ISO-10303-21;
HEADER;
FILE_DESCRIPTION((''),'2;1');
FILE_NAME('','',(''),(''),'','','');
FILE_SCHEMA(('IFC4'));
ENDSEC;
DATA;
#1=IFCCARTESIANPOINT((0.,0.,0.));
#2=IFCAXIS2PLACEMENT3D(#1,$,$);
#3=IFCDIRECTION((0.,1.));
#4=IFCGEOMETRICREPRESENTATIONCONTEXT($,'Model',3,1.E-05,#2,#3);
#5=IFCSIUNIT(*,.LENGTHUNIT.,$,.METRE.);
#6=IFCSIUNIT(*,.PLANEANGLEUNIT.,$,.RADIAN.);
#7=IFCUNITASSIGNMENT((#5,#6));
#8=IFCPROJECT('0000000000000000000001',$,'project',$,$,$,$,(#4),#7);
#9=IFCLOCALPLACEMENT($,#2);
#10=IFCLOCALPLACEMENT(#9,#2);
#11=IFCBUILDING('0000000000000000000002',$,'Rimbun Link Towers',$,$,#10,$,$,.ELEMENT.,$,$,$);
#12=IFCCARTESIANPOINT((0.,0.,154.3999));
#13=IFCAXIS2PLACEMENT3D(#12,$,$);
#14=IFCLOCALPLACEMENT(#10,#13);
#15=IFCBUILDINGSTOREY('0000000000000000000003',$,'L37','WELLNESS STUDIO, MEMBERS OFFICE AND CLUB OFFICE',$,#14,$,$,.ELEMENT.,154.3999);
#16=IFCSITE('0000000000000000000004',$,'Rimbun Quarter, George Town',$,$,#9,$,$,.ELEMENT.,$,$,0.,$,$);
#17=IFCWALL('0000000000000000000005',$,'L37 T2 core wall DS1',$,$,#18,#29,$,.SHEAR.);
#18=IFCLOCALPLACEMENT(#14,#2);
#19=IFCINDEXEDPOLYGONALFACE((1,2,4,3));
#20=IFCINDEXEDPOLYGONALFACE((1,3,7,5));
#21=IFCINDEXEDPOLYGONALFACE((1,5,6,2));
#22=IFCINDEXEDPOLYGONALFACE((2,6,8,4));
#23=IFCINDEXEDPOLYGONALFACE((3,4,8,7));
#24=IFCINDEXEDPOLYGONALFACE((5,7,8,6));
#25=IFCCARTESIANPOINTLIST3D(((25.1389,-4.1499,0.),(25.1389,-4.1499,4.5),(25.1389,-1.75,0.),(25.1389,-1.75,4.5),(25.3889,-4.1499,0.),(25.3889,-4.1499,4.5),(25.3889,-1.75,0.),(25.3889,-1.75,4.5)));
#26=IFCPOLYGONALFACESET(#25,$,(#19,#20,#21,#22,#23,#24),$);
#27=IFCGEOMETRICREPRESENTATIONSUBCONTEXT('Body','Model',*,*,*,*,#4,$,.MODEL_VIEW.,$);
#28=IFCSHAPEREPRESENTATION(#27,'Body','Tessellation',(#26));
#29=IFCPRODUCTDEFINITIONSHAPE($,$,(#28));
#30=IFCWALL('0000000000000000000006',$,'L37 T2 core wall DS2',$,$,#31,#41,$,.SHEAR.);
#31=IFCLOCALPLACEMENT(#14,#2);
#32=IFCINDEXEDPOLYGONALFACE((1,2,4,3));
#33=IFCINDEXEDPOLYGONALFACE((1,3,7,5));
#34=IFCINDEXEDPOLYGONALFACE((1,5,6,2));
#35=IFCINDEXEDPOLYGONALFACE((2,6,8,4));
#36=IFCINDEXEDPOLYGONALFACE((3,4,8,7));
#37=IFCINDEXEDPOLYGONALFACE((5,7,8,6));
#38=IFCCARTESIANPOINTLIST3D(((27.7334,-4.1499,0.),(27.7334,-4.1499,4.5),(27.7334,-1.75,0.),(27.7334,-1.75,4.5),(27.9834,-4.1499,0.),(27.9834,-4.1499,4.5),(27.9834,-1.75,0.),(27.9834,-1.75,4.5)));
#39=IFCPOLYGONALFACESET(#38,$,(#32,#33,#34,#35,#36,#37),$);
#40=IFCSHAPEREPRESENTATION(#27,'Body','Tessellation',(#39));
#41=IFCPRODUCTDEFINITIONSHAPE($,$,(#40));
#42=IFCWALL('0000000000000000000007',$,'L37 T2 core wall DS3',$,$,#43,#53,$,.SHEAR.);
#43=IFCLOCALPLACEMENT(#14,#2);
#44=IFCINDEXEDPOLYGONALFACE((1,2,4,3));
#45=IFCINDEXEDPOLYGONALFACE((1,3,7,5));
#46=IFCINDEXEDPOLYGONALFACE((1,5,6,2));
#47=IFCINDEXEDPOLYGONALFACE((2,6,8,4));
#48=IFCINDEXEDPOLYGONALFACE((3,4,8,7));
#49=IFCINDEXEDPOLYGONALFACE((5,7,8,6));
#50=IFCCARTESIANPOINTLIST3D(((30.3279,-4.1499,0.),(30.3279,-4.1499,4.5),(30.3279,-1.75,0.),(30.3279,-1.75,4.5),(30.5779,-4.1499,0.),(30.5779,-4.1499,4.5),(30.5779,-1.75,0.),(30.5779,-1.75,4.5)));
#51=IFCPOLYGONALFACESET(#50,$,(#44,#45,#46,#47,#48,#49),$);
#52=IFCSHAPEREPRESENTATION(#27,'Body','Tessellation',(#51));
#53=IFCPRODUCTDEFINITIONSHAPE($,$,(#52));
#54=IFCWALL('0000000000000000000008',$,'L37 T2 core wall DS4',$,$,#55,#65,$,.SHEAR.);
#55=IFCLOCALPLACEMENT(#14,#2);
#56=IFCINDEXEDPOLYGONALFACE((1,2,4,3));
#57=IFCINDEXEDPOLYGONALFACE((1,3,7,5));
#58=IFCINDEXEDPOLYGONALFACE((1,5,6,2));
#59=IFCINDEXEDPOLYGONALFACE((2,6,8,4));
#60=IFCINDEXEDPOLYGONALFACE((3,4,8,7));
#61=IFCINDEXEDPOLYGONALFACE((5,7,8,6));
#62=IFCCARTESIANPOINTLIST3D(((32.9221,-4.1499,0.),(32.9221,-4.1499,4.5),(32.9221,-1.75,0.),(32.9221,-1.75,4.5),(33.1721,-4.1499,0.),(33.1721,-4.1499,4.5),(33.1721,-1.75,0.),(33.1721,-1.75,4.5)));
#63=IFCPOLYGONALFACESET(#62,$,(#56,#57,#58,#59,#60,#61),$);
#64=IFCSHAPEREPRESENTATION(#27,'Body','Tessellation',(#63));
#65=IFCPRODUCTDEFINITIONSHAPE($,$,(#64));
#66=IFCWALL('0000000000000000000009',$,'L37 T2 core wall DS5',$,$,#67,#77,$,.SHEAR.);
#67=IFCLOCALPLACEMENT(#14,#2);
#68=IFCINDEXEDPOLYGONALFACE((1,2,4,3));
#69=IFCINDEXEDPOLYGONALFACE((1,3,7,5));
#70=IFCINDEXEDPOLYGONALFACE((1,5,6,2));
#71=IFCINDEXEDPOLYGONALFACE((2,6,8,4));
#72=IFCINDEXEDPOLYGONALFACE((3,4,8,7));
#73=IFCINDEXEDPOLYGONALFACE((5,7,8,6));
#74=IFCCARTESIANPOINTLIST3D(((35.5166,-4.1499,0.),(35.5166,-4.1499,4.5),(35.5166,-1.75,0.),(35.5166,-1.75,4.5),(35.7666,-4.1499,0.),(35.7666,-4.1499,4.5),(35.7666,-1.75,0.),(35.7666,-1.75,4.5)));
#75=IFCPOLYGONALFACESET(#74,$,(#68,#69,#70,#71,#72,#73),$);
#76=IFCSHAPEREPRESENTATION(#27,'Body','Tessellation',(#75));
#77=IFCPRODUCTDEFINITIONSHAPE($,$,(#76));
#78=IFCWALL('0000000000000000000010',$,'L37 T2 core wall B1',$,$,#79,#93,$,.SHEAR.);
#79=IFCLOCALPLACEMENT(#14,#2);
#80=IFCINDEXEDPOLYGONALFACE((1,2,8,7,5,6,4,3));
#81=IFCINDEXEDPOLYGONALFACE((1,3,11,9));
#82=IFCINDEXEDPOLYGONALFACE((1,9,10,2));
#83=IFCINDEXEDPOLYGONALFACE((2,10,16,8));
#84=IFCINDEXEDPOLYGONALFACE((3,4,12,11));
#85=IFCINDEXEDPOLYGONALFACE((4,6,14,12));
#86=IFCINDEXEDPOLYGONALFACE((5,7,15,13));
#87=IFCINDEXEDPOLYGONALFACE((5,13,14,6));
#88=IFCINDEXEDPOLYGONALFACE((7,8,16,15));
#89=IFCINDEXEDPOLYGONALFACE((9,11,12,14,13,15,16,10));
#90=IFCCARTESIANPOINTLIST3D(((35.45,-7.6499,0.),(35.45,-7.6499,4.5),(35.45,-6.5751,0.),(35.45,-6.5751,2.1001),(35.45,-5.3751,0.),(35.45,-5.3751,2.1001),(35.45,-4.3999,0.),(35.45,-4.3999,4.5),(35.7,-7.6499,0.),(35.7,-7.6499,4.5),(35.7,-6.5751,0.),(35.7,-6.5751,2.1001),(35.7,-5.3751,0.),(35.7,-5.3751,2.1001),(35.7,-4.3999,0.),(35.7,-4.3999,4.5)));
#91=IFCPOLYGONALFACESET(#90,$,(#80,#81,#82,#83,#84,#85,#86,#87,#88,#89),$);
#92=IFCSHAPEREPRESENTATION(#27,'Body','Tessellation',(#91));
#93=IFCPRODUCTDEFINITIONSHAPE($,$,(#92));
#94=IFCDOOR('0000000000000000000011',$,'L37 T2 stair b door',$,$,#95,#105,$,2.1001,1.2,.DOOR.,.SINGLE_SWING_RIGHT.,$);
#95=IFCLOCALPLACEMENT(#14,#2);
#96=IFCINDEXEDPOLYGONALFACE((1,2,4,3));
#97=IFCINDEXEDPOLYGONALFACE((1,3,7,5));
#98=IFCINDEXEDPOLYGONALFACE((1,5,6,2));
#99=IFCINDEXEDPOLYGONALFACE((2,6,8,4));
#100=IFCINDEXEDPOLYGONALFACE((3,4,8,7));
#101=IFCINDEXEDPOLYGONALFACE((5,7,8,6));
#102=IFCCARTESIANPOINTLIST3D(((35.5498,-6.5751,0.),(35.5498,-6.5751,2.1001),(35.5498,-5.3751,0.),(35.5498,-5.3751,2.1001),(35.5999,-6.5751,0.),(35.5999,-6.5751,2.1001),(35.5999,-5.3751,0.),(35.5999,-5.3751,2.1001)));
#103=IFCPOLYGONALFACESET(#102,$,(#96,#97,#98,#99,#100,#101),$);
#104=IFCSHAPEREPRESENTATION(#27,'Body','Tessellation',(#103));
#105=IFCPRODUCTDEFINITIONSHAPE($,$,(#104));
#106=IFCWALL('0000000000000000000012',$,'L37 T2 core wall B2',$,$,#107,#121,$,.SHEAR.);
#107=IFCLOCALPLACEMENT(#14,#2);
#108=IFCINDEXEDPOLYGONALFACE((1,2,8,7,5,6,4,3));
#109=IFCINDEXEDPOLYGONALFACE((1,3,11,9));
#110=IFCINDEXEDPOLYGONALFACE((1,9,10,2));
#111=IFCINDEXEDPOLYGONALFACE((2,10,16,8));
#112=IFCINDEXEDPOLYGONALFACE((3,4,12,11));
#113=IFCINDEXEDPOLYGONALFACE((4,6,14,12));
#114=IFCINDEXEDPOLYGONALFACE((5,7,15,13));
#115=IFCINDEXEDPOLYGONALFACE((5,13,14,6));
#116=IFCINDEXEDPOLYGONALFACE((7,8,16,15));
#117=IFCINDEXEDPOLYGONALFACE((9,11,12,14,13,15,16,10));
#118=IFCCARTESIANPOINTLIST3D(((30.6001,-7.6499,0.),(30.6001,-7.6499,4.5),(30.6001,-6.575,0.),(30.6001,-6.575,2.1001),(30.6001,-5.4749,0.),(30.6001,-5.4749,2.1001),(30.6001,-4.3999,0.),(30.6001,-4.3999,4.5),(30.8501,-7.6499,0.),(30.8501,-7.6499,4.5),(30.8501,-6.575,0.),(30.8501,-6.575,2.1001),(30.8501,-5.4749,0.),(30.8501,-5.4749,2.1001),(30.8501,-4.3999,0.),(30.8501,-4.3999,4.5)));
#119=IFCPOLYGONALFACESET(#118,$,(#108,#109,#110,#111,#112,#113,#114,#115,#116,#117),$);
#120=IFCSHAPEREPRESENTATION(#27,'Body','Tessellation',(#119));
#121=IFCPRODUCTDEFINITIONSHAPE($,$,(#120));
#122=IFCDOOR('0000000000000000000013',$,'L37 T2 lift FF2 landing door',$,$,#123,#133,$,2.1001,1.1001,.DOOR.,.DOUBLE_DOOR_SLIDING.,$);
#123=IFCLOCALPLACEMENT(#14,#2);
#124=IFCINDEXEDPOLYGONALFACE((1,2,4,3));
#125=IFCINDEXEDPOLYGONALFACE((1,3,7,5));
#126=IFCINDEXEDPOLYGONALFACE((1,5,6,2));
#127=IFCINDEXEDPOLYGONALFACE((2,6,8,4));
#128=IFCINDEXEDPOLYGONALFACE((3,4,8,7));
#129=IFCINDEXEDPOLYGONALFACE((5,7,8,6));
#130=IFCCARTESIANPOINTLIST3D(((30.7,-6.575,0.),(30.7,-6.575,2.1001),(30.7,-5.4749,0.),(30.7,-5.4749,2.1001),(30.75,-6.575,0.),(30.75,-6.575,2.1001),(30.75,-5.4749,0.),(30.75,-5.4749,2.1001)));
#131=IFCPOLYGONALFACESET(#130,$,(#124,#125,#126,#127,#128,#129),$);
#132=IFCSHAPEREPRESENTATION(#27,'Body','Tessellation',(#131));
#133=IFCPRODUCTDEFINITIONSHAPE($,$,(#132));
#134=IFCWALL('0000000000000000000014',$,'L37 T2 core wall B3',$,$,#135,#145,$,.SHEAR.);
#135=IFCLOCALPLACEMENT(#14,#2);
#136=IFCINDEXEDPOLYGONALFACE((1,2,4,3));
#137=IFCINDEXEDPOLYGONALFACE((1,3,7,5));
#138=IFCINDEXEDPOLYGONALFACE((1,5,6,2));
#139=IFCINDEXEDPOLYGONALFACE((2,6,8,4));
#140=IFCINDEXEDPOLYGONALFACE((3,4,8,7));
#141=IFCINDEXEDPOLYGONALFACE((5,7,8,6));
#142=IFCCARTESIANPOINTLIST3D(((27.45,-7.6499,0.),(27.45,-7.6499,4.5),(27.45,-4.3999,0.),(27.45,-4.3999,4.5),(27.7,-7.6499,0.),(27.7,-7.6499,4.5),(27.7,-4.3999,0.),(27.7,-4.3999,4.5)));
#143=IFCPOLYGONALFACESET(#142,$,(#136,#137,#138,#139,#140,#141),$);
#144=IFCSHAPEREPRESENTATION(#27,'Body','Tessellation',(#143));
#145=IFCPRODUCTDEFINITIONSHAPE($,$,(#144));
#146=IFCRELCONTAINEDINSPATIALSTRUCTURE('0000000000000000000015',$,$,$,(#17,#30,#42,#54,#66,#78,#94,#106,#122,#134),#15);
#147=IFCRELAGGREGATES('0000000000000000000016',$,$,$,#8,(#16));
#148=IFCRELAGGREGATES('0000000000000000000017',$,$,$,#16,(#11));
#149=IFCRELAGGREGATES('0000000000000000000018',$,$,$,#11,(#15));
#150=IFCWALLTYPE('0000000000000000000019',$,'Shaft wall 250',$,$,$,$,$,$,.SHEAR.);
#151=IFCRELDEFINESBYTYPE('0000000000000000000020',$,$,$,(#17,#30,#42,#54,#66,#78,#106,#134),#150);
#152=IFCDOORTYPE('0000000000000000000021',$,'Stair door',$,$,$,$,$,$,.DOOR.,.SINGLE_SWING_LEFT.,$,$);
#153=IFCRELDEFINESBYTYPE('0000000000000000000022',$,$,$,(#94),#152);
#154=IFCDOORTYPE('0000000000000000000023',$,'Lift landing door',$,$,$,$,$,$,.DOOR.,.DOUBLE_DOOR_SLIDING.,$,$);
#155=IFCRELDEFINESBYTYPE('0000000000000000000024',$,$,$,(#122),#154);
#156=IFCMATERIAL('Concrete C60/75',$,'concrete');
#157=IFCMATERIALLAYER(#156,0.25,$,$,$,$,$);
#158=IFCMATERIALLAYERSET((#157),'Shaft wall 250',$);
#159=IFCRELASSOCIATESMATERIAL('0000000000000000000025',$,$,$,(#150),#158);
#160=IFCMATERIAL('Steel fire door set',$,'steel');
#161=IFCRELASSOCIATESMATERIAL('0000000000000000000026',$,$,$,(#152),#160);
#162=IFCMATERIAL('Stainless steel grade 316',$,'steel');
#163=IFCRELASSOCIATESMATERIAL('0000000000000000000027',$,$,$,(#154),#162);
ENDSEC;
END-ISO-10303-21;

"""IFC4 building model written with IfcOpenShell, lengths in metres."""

from ifc_helpers import new_model, si_unit, direction, frame, frame_2d, origin, place, context, subcontext, project, spatial, rectangle, extrude, material, layer, layer_set, type_object, element, fill, save


model = new_model("IFC4")

# Units and contexts
model_context = context("Model", 3, precision=1e-05, world=origin(), true_north=direction((0.0, 1.0)))
body_context = subcontext(model_context, "Body", "Model", "MODEL_VIEW")
ifc_project = project(units=[si_unit("LENGTHUNIT", "METRE"), si_unit("PLANEANGLEUNIT", "RADIAN")], contexts=[model_context])

# Site, building, storey
site_placement = place(None, origin())
site = spatial("IfcSite", under=ifc_project, at=site_placement, Name="Rimbun Quarter, George Town", CompositionType="ELEMENT", RefElevation=0.0)
building_placement = place(site_placement, origin())
building = spatial("IfcBuilding", under=site, at=building_placement, Name="Rimbun Link Towers", CompositionType="ELEMENT")
storey_placement = place(building_placement, frame((0.0, 0.0, 154.3999)))
storey = spatial("IfcBuildingStorey", under=building, at=storey_placement, Name="L37", Description="WELLNESS STUDIO, MEMBERS OFFICE AND CLUB OFFICE", CompositionType="ELEMENT", Elevation=154.3999)

# Walls
ifc_material_1 = material(Name="Concrete C60/75", Category="concrete")
ifc_layer_1 = layer(ifc_material_1, 0.25)
ifc_layer_set_1 = layer_set([ifc_layer_1], Name="Shaft wall 250")
wall_type_1 = type_object("IfcWallType", Name="Shaft wall 250", PredefinedType="SHEAR", material=ifc_layer_set_1)
for number, where, z_axis, x_axis, name in (
    (1, (25.2639, -4.1499, 0.0), (0.0, 0.0, 1.0), (0.0, 1.0, 0.0), "L37 T2 core wall DS1"),
    (2, (27.8584, -4.1499, 0.0), (0.0, 0.0, 1.0), (0.0, 1.0, 0.0), "L37 T2 core wall DS2"),
    (3, (30.4529, -4.1499, 0.0), (0.0, 0.0, 1.0), (0.0, 1.0, 0.0), "L37 T2 core wall DS3"),
    (4, (33.0471, -4.1499, 0.0), (0.0, 0.0, 1.0), (0.0, 1.0, 0.0), "L37 T2 core wall DS4"),
    (5, (35.6416, -4.1499, 0.0), (0.0, 0.0, 1.0), (0.0, 1.0, 0.0), "L37 T2 core wall DS5"),
):
    element("IfcWall", number, at=place(storey_placement, frame(where, z_axis=z_axis, x_axis=x_axis)), inside=storey, type_object=wall_type_1, Name=name, PredefinedType="SHEAR", context=body_context, shape_type="SweptSolid", body=[
        extrude(rectangle(XDim=2.3999, YDim=0.25, at=frame_2d((1.2, 0.0))), origin(), (0.0, 0.0, 1.0), 4.5),
    ])

# Walls, openings, doors
wall_1_placement = place(storey_placement, frame((35.575, -4.3999, 0.0), z_axis=(0.0, 0.0, 1.0), x_axis=(0.0, -1.0, 0.0)))
wall_1 = element("IfcWall", 6, at=wall_1_placement, inside=storey, type_object=wall_type_1, Name="L37 T2 core wall B1", PredefinedType="SHEAR", context=body_context, shape_type="SweptSolid", body=[
    extrude(rectangle(XDim=3.25, YDim=0.25, at=frame_2d((1.625, 0.0))), origin(), (0.0, 0.0, 1.0), 4.5),
])
opening_1_placement = place(wall_1_placement, frame((0.9751, 0.0, 0.0)))
opening_1 = element("IfcOpeningElement", 7, at=opening_1_placement, cuts=wall_1, PredefinedType="OPENING", context=body_context, shape_type="SweptSolid", body=[
    extrude(rectangle(XDim=1.2, YDim=2.1001, at=frame_2d((0.6001, 1.05))), frame((0.0, 0.135, 0.0), z_axis=(0.0, -1.0, 0.0), x_axis=(1.0, 0.0, 0.0)), (0.0, 0.0, 1.0), 0.27),
])
ifc_material_2 = material(Name="Steel fire door set", Category="steel")
door_type_1 = type_object("IfcDoorType", Name="Stair door", OperationType="SINGLE_SWING_LEFT", PredefinedType="DOOR", material=ifc_material_2)
door_1_placement = place(opening_1_placement, origin())
door_1 = element("IfcDoor", 8, at=door_1_placement, inside=storey, type_object=door_type_1, Name="L37 T2 stair b door", OperationType="SINGLE_SWING_RIGHT", OverallHeight=2.1001, OverallWidth=1.2, PredefinedType="DOOR", context=body_context, shape_type="SweptSolid", body=[
    extrude(rectangle(XDim=1.2, YDim=2.1001, at=frame_2d((0.6001, 1.05))), frame((0.0, 0.0249, 0.0), z_axis=(0.0, -1.0, 0.0), x_axis=(1.0, 0.0, 0.0)), (0.0, 0.0, 1.0), 0.05),
])
fill(opening_1, door_1)
wall_2_placement = place(storey_placement, frame((30.7251, -4.3999, 0.0), z_axis=(0.0, 0.0, 1.0), x_axis=(0.0, -1.0, 0.0)))
wall_2 = element("IfcWall", 9, at=wall_2_placement, inside=storey, type_object=wall_type_1, Name="L37 T2 core wall B2", PredefinedType="SHEAR", context=body_context, shape_type="SweptSolid", body=[
    extrude(rectangle(XDim=3.25, YDim=0.25, at=frame_2d((1.625, 0.0))), origin(), (0.0, 0.0, 1.0), 4.5),
])
opening_2_placement = place(wall_2_placement, frame((1.075, 0.0, 0.0)))
opening_2 = element("IfcOpeningElement", 10, at=opening_2_placement, cuts=wall_2, PredefinedType="OPENING", context=body_context, shape_type="SweptSolid", body=[
    extrude(rectangle(XDim=1.1001, YDim=2.1001, at=frame_2d((0.55, 1.05))), frame((0.0, 0.135, 0.0), z_axis=(0.0, -1.0, 0.0), x_axis=(1.0, 0.0, 0.0)), (0.0, 0.0, 1.0), 0.27),
])
ifc_material_3 = material(Name="Stainless steel grade 316", Category="steel")
door_type_2 = type_object("IfcDoorType", Name="Lift landing door", OperationType="DOUBLE_DOOR_SLIDING", PredefinedType="DOOR", material=ifc_material_3)
door_2_placement = place(opening_2_placement, origin())
door_2 = element("IfcDoor", 11, at=door_2_placement, inside=storey, type_object=door_type_2, Name="L37 T2 lift FF2 landing door", OperationType="DOUBLE_DOOR_SLIDING", OverallHeight=2.1001, OverallWidth=1.1001, PredefinedType="DOOR", context=body_context, shape_type="SweptSolid", body=[
    extrude(rectangle(XDim=1.1001, YDim=2.1001, at=frame_2d((0.55, 1.05))), frame((0.0, 0.0249, 0.0), z_axis=(0.0, -1.0, 0.0), x_axis=(1.0, 0.0, 0.0)), (0.0, 0.0, 1.0), 0.05),
])
fill(opening_2, door_2)

# Wall
wall_3_placement = place(storey_placement, frame((27.575, -4.3999, 0.0), z_axis=(0.0, 0.0, 1.0), x_axis=(0.0, -1.0, 0.0)))
element("IfcWall", 12, at=wall_3_placement, inside=storey, type_object=wall_type_1, Name="L37 T2 core wall B3", PredefinedType="SHEAR", context=body_context, shape_type="SweptSolid", body=[
    extrude(rectangle(XDim=3.25, YDim=0.25, at=frame_2d((1.625, 0.0))), origin(), (0.0, 0.0, 1.0), 4.5),
])

save(model, "model.ifc")
